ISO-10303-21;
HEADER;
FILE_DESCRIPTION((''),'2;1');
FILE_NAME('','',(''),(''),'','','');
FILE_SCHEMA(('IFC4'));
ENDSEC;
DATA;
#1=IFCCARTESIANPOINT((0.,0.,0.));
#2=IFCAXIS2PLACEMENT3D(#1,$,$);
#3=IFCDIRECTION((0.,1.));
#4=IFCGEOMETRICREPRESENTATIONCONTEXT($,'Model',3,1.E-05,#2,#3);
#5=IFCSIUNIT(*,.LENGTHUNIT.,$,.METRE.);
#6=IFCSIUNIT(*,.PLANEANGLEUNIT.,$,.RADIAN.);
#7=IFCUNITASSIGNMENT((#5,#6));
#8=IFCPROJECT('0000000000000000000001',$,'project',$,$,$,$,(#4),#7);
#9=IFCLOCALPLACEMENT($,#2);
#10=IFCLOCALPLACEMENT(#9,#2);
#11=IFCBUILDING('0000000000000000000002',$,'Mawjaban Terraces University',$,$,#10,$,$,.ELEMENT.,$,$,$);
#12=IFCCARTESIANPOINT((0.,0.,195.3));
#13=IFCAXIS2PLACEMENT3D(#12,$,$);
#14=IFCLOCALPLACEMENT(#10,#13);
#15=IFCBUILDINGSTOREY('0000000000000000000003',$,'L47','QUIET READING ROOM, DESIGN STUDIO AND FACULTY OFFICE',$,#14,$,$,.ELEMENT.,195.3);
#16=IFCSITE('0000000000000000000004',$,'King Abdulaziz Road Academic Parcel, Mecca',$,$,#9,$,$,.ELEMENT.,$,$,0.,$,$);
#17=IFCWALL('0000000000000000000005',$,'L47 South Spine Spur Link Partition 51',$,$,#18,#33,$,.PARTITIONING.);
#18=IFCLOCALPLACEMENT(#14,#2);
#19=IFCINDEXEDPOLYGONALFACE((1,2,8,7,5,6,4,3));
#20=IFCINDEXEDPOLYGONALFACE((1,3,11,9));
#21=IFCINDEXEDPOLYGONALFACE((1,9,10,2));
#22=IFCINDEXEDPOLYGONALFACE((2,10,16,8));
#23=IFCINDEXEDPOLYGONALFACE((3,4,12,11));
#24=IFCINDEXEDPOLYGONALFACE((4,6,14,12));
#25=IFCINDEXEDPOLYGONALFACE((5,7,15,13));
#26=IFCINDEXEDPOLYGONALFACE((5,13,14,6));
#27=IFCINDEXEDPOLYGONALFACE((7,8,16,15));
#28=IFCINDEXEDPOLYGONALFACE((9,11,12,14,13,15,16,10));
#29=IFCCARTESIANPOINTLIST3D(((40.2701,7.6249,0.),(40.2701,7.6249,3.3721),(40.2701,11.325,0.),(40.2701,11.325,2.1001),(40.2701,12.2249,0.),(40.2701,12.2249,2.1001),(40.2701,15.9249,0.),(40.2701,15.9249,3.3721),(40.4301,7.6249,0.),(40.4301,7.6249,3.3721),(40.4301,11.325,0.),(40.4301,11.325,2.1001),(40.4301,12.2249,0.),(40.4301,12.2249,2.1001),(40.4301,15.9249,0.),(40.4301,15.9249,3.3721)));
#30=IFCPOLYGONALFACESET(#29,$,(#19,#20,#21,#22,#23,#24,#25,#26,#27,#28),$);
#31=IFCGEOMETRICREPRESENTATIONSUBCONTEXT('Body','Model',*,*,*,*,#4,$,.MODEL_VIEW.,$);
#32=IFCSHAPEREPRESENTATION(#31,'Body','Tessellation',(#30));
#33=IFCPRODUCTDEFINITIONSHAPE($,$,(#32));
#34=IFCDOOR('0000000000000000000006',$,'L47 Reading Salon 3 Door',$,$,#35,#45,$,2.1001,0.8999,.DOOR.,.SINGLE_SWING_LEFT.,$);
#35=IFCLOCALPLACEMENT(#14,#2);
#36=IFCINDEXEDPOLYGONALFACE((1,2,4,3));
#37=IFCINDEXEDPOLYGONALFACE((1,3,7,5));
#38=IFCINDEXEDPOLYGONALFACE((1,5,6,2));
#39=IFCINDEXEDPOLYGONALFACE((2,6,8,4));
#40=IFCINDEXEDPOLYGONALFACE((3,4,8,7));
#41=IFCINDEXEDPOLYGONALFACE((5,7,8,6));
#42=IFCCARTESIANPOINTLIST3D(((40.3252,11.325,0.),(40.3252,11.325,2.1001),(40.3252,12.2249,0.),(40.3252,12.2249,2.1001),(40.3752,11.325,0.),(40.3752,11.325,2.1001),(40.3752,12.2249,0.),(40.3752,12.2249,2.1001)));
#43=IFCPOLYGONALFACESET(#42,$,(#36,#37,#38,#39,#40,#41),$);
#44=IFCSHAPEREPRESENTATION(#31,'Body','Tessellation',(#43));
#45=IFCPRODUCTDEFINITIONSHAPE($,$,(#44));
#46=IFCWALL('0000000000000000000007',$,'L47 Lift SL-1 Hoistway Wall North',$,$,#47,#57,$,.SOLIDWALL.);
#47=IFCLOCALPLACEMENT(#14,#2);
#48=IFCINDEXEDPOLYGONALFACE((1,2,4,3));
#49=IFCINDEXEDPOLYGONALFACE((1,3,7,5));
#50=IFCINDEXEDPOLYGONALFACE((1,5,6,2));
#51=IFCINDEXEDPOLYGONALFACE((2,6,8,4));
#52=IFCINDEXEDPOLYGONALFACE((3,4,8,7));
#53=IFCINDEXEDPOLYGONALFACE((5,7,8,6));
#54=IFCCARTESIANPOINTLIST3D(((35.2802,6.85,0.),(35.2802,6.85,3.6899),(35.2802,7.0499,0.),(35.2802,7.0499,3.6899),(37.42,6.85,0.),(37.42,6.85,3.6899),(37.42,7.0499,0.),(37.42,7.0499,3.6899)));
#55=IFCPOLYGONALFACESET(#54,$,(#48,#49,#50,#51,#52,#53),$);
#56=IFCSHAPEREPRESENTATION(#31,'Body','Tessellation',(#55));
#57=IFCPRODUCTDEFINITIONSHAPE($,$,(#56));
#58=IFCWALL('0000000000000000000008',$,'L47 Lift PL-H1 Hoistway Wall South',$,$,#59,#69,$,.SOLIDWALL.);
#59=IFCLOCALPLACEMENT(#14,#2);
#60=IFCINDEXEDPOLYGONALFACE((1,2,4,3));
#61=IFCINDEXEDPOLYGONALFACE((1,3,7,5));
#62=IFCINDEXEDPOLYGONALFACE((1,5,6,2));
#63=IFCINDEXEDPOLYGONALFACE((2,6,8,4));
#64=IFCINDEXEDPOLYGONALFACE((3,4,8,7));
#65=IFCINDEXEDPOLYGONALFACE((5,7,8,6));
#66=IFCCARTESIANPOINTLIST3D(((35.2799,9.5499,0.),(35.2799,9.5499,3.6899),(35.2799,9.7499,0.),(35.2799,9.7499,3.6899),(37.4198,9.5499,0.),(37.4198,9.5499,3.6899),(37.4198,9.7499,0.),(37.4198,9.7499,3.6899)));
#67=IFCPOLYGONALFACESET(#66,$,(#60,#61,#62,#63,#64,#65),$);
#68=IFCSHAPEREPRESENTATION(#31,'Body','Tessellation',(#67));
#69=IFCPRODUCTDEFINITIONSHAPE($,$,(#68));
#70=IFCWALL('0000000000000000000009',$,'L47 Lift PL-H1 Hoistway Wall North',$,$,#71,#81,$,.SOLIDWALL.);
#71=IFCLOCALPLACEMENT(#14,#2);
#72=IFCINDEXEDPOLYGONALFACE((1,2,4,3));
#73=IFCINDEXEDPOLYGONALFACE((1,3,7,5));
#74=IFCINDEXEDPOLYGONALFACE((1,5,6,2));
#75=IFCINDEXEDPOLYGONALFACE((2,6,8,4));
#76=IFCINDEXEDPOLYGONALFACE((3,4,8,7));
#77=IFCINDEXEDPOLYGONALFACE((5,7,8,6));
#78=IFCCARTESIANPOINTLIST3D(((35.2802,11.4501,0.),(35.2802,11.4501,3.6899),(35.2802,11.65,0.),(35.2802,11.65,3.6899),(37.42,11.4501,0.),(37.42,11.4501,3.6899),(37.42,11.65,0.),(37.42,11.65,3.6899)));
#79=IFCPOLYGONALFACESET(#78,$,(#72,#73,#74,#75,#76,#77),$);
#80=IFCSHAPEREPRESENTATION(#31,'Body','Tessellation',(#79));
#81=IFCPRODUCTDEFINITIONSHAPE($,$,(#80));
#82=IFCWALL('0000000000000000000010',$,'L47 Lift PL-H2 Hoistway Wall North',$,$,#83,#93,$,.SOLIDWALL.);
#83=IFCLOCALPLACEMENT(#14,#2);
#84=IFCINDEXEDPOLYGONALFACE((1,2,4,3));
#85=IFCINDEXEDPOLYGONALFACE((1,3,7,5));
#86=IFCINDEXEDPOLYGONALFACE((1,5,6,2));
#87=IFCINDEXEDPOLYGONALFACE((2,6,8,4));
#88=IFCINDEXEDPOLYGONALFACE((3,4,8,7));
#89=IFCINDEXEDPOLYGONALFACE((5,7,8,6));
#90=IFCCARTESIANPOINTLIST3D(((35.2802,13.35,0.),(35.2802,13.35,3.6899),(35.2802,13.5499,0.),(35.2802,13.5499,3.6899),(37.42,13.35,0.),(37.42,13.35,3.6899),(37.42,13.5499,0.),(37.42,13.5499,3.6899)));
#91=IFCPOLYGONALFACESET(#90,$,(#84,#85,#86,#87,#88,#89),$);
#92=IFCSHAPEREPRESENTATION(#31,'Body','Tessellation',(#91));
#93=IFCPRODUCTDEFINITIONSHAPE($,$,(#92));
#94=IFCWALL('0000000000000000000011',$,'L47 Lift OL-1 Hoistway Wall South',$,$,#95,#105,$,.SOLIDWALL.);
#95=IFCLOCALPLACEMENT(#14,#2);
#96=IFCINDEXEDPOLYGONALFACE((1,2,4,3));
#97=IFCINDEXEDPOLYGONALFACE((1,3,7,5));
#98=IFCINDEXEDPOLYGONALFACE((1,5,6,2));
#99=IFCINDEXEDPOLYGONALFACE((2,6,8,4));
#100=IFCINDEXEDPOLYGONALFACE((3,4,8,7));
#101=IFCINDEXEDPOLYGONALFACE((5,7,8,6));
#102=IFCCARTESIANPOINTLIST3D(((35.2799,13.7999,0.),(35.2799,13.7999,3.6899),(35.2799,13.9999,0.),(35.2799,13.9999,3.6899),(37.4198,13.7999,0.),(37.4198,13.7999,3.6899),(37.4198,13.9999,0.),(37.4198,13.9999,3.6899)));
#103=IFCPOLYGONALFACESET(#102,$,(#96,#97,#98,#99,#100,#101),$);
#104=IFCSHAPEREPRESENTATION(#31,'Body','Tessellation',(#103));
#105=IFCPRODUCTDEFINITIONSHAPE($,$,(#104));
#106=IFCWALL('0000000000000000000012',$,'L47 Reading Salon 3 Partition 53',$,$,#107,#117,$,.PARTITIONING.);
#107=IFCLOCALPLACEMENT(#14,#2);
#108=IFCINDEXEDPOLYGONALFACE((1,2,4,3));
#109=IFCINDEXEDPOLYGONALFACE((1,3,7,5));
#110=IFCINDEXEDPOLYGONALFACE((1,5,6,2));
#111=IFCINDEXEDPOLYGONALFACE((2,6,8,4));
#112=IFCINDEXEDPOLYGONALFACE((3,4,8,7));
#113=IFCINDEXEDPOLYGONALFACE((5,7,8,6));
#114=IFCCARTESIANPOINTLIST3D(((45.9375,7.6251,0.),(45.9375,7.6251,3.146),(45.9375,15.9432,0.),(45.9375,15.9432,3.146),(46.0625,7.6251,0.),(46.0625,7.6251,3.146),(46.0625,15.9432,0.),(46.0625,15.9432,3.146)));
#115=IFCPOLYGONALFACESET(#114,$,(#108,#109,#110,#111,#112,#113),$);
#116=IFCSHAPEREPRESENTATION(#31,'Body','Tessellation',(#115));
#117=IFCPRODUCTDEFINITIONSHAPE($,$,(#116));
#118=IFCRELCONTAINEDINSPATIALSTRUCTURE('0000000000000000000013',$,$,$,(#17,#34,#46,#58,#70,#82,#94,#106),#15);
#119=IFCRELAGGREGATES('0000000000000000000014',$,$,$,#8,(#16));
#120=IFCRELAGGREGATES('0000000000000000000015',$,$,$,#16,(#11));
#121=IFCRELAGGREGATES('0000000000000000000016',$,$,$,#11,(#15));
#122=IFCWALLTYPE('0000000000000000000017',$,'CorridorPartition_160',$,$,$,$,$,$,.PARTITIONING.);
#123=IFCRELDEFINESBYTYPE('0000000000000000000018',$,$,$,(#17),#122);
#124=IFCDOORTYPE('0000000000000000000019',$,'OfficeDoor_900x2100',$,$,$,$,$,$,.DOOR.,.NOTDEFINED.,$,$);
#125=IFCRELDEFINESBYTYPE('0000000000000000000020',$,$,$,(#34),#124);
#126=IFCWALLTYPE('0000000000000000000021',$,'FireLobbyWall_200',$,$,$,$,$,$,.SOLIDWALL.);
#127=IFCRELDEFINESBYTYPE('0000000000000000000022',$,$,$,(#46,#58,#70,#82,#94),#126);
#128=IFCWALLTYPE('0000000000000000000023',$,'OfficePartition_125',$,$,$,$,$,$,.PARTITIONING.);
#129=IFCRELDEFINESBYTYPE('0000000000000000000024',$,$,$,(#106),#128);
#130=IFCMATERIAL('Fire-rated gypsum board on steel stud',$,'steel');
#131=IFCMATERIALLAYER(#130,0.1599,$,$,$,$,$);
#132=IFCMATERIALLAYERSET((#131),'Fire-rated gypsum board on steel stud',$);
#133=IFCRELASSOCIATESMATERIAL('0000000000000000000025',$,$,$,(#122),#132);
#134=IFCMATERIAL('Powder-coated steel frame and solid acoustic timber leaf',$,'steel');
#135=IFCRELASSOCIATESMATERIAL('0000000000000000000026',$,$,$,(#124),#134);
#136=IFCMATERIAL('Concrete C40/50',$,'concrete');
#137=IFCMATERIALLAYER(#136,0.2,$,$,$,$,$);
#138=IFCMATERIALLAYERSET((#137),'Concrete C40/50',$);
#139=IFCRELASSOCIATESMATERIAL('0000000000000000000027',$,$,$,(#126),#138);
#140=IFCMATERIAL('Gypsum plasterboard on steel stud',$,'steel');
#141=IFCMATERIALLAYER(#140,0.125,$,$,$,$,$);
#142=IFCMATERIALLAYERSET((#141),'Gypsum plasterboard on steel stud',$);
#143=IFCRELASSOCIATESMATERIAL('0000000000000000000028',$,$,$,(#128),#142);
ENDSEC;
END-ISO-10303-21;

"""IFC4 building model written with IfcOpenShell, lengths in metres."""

from ifc_helpers import new_model, si_unit, direction, frame, frame_2d, origin, place, context, subcontext, project, spatial, rectangle, extrude, material, layer, layer_set, type_object, element, fill, save


model = new_model("IFC4")

# Units and contexts
model_context = context("Model", 3, precision=1e-05, world=origin(), true_north=direction((0.0, 1.0)))
body_context = subcontext(model_context, "Body", "Model", "MODEL_VIEW")
ifc_project = project(units=[si_unit("LENGTHUNIT", "METRE"), si_unit("PLANEANGLEUNIT", "RADIAN")], contexts=[model_context])

# Site, building, storey
site_placement = place(None, origin())
site = spatial("IfcSite", under=ifc_project, at=site_placement, Name="King Abdulaziz Road Academic Parcel, Mecca", CompositionType="ELEMENT", RefElevation=0.0)
building_placement = place(site_placement, origin())
building = spatial("IfcBuilding", under=site, at=building_placement, Name="Mawjaban Terraces University", CompositionType="ELEMENT")
storey_placement = place(building_placement, frame((0.0, 0.0, 195.3)))
storey = spatial("IfcBuildingStorey", under=building, at=storey_placement, Name="L47", Description="QUIET READING ROOM, DESIGN STUDIO AND FACULTY OFFICE", CompositionType="ELEMENT", Elevation=195.3)

# Shared definitions
ifc_material_1 = material(Name="Fire-rated gypsum board on steel stud", Category="steel")
ifc_layer_1 = layer(ifc_material_1, 0.1599)
ifc_layer_set_1 = layer_set([ifc_layer_1], Name="Fire-rated gypsum board on steel stud")
wall_type_1 = type_object("IfcWallType", Name="CorridorPartition_160", PredefinedType="PARTITIONING", material=ifc_layer_set_1)

# Wall, opening, door
wall_1_placement = place(storey_placement, frame((40.3501, 7.625, 0.0), z_axis=(0.0, 0.0, 1.0), x_axis=(0.0, 1.0, 0.0)))
wall_1 = element("IfcWall", 1, at=wall_1_placement, inside=storey, type_object=wall_type_1, Name="L47 South Spine Spur Link Partition 51", PredefinedType="PARTITIONING", context=body_context, shape_type="SweptSolid", body=[
    extrude(rectangle(XDim=8.3, YDim=0.1599, at=frame_2d((4.1499, 0.0))), origin(), (0.0, 0.0, 1.0), 3.3721),
])
opening_placement = place(wall_1_placement, frame((3.7, 0.0, 0.0)))
opening = element("IfcOpeningElement", 2, at=opening_placement, cuts=wall_1, PredefinedType="OPENING", context=body_context, shape_type="SweptSolid", body=[
    extrude(rectangle(XDim=0.8999, YDim=2.1001, at=frame_2d((0.45, 1.05))), frame((0.0, 0.0898, 0.0), z_axis=(0.0, -1.0, 0.0), x_axis=(1.0, 0.0, 0.0)), (0.0, 0.0, 1.0), 0.1799),
])
ifc_material_2 = material(Name="Powder-coated steel frame and solid acoustic timber leaf", Category="steel")
door_type = type_object("IfcDoorType", Name="OfficeDoor_900x2100", OperationType="NOTDEFINED", PredefinedType="DOOR", material=ifc_material_2)
door_placement = place(opening_placement, origin())
door = element("IfcDoor", 3, at=door_placement, inside=storey, type_object=door_type, Name="L47 Reading Salon 3 Door", OperationType="SINGLE_SWING_LEFT", OverallHeight=2.1001, OverallWidth=0.8999, PredefinedType="DOOR", context=body_context, shape_type="SweptSolid", body=[
    extrude(rectangle(XDim=0.8999, YDim=2.1001, at=frame_2d((0.45, 1.05))), frame((0.0, 0.0249, 0.0), z_axis=(0.0, -1.0, 0.0), x_axis=(1.0, 0.0, 0.0)), (0.0, 0.0, 1.0), 0.05),
])
fill(opening, door)

# Walls
ifc_material_3 = material(Name="Concrete C40/50", Category="concrete")
ifc_layer_2 = layer(ifc_material_3, 0.2)
ifc_layer_set_2 = layer_set([ifc_layer_2], Name="Concrete C40/50")
wall_type_2 = type_object("IfcWallType", Name="FireLobbyWall_200", PredefinedType="SOLIDWALL", material=ifc_layer_set_2)
for number, where, z_axis, x_axis, name in (
    (4, (37.4199, 6.95, 0.0), (0.0, 0.0, 1.0), (-1.0, 0.0, 0.0), "L47 Lift SL-1 Hoistway Wall North"),
    (5, (35.28, 9.6499, 0.0), (0.0, 0.0, 1.0), (1.0, 0.0, 0.0), "L47 Lift PL-H1 Hoistway Wall South"),
    (6, (37.4199, 11.55, 0.0), (0.0, 0.0, 1.0), (-1.0, 0.0, 0.0), "L47 Lift PL-H1 Hoistway Wall North"),
    (7, (37.4199, 13.45, 0.0), (0.0, 0.0, 1.0), (-1.0, 0.0, 0.0), "L47 Lift PL-H2 Hoistway Wall North"),
    (8, (35.28, 13.8999, 0.0), (0.0, 0.0, 1.0), (1.0, 0.0, 0.0), "L47 Lift OL-1 Hoistway Wall South"),
):
    element("IfcWall", number, at=place(storey_placement, frame(where, z_axis=z_axis, x_axis=x_axis)), inside=storey, type_object=wall_type_2, Name=name, PredefinedType="SOLIDWALL", context=body_context, shape_type="SweptSolid", body=[
        extrude(rectangle(XDim=2.1399, YDim=0.2, at=frame_2d((1.0698, 0.0))), origin(), (0.0, 0.0, 1.0), 3.6899),
    ])
ifc_material_4 = material(Name="Gypsum plasterboard on steel stud", Category="steel")
ifc_layer_3 = layer(ifc_material_4, 0.125)
ifc_layer_set_3 = layer_set([ifc_layer_3], Name="Gypsum plasterboard on steel stud")
wall_type_3 = type_object("IfcWallType", Name="OfficePartition_125", PredefinedType="PARTITIONING", material=ifc_layer_set_3)
wall_2_placement = place(storey_placement, frame((46.0, 7.625, 0.0), z_axis=(0.0, 0.0, 1.0), x_axis=(0.0, 1.0, 0.0)))
element("IfcWall", 9, at=wall_2_placement, inside=storey, type_object=wall_type_3, Name="L47 Reading Salon 3 Partition 53", PredefinedType="PARTITIONING", context=body_context, shape_type="SweptSolid", body=[
    extrude(rectangle(XDim=8.3181, YDim=0.125, at=frame_2d((4.1592, 0.0))), origin(), (0.0, 0.0, 1.0), 3.146),
])

save(model, "model.ifc")
